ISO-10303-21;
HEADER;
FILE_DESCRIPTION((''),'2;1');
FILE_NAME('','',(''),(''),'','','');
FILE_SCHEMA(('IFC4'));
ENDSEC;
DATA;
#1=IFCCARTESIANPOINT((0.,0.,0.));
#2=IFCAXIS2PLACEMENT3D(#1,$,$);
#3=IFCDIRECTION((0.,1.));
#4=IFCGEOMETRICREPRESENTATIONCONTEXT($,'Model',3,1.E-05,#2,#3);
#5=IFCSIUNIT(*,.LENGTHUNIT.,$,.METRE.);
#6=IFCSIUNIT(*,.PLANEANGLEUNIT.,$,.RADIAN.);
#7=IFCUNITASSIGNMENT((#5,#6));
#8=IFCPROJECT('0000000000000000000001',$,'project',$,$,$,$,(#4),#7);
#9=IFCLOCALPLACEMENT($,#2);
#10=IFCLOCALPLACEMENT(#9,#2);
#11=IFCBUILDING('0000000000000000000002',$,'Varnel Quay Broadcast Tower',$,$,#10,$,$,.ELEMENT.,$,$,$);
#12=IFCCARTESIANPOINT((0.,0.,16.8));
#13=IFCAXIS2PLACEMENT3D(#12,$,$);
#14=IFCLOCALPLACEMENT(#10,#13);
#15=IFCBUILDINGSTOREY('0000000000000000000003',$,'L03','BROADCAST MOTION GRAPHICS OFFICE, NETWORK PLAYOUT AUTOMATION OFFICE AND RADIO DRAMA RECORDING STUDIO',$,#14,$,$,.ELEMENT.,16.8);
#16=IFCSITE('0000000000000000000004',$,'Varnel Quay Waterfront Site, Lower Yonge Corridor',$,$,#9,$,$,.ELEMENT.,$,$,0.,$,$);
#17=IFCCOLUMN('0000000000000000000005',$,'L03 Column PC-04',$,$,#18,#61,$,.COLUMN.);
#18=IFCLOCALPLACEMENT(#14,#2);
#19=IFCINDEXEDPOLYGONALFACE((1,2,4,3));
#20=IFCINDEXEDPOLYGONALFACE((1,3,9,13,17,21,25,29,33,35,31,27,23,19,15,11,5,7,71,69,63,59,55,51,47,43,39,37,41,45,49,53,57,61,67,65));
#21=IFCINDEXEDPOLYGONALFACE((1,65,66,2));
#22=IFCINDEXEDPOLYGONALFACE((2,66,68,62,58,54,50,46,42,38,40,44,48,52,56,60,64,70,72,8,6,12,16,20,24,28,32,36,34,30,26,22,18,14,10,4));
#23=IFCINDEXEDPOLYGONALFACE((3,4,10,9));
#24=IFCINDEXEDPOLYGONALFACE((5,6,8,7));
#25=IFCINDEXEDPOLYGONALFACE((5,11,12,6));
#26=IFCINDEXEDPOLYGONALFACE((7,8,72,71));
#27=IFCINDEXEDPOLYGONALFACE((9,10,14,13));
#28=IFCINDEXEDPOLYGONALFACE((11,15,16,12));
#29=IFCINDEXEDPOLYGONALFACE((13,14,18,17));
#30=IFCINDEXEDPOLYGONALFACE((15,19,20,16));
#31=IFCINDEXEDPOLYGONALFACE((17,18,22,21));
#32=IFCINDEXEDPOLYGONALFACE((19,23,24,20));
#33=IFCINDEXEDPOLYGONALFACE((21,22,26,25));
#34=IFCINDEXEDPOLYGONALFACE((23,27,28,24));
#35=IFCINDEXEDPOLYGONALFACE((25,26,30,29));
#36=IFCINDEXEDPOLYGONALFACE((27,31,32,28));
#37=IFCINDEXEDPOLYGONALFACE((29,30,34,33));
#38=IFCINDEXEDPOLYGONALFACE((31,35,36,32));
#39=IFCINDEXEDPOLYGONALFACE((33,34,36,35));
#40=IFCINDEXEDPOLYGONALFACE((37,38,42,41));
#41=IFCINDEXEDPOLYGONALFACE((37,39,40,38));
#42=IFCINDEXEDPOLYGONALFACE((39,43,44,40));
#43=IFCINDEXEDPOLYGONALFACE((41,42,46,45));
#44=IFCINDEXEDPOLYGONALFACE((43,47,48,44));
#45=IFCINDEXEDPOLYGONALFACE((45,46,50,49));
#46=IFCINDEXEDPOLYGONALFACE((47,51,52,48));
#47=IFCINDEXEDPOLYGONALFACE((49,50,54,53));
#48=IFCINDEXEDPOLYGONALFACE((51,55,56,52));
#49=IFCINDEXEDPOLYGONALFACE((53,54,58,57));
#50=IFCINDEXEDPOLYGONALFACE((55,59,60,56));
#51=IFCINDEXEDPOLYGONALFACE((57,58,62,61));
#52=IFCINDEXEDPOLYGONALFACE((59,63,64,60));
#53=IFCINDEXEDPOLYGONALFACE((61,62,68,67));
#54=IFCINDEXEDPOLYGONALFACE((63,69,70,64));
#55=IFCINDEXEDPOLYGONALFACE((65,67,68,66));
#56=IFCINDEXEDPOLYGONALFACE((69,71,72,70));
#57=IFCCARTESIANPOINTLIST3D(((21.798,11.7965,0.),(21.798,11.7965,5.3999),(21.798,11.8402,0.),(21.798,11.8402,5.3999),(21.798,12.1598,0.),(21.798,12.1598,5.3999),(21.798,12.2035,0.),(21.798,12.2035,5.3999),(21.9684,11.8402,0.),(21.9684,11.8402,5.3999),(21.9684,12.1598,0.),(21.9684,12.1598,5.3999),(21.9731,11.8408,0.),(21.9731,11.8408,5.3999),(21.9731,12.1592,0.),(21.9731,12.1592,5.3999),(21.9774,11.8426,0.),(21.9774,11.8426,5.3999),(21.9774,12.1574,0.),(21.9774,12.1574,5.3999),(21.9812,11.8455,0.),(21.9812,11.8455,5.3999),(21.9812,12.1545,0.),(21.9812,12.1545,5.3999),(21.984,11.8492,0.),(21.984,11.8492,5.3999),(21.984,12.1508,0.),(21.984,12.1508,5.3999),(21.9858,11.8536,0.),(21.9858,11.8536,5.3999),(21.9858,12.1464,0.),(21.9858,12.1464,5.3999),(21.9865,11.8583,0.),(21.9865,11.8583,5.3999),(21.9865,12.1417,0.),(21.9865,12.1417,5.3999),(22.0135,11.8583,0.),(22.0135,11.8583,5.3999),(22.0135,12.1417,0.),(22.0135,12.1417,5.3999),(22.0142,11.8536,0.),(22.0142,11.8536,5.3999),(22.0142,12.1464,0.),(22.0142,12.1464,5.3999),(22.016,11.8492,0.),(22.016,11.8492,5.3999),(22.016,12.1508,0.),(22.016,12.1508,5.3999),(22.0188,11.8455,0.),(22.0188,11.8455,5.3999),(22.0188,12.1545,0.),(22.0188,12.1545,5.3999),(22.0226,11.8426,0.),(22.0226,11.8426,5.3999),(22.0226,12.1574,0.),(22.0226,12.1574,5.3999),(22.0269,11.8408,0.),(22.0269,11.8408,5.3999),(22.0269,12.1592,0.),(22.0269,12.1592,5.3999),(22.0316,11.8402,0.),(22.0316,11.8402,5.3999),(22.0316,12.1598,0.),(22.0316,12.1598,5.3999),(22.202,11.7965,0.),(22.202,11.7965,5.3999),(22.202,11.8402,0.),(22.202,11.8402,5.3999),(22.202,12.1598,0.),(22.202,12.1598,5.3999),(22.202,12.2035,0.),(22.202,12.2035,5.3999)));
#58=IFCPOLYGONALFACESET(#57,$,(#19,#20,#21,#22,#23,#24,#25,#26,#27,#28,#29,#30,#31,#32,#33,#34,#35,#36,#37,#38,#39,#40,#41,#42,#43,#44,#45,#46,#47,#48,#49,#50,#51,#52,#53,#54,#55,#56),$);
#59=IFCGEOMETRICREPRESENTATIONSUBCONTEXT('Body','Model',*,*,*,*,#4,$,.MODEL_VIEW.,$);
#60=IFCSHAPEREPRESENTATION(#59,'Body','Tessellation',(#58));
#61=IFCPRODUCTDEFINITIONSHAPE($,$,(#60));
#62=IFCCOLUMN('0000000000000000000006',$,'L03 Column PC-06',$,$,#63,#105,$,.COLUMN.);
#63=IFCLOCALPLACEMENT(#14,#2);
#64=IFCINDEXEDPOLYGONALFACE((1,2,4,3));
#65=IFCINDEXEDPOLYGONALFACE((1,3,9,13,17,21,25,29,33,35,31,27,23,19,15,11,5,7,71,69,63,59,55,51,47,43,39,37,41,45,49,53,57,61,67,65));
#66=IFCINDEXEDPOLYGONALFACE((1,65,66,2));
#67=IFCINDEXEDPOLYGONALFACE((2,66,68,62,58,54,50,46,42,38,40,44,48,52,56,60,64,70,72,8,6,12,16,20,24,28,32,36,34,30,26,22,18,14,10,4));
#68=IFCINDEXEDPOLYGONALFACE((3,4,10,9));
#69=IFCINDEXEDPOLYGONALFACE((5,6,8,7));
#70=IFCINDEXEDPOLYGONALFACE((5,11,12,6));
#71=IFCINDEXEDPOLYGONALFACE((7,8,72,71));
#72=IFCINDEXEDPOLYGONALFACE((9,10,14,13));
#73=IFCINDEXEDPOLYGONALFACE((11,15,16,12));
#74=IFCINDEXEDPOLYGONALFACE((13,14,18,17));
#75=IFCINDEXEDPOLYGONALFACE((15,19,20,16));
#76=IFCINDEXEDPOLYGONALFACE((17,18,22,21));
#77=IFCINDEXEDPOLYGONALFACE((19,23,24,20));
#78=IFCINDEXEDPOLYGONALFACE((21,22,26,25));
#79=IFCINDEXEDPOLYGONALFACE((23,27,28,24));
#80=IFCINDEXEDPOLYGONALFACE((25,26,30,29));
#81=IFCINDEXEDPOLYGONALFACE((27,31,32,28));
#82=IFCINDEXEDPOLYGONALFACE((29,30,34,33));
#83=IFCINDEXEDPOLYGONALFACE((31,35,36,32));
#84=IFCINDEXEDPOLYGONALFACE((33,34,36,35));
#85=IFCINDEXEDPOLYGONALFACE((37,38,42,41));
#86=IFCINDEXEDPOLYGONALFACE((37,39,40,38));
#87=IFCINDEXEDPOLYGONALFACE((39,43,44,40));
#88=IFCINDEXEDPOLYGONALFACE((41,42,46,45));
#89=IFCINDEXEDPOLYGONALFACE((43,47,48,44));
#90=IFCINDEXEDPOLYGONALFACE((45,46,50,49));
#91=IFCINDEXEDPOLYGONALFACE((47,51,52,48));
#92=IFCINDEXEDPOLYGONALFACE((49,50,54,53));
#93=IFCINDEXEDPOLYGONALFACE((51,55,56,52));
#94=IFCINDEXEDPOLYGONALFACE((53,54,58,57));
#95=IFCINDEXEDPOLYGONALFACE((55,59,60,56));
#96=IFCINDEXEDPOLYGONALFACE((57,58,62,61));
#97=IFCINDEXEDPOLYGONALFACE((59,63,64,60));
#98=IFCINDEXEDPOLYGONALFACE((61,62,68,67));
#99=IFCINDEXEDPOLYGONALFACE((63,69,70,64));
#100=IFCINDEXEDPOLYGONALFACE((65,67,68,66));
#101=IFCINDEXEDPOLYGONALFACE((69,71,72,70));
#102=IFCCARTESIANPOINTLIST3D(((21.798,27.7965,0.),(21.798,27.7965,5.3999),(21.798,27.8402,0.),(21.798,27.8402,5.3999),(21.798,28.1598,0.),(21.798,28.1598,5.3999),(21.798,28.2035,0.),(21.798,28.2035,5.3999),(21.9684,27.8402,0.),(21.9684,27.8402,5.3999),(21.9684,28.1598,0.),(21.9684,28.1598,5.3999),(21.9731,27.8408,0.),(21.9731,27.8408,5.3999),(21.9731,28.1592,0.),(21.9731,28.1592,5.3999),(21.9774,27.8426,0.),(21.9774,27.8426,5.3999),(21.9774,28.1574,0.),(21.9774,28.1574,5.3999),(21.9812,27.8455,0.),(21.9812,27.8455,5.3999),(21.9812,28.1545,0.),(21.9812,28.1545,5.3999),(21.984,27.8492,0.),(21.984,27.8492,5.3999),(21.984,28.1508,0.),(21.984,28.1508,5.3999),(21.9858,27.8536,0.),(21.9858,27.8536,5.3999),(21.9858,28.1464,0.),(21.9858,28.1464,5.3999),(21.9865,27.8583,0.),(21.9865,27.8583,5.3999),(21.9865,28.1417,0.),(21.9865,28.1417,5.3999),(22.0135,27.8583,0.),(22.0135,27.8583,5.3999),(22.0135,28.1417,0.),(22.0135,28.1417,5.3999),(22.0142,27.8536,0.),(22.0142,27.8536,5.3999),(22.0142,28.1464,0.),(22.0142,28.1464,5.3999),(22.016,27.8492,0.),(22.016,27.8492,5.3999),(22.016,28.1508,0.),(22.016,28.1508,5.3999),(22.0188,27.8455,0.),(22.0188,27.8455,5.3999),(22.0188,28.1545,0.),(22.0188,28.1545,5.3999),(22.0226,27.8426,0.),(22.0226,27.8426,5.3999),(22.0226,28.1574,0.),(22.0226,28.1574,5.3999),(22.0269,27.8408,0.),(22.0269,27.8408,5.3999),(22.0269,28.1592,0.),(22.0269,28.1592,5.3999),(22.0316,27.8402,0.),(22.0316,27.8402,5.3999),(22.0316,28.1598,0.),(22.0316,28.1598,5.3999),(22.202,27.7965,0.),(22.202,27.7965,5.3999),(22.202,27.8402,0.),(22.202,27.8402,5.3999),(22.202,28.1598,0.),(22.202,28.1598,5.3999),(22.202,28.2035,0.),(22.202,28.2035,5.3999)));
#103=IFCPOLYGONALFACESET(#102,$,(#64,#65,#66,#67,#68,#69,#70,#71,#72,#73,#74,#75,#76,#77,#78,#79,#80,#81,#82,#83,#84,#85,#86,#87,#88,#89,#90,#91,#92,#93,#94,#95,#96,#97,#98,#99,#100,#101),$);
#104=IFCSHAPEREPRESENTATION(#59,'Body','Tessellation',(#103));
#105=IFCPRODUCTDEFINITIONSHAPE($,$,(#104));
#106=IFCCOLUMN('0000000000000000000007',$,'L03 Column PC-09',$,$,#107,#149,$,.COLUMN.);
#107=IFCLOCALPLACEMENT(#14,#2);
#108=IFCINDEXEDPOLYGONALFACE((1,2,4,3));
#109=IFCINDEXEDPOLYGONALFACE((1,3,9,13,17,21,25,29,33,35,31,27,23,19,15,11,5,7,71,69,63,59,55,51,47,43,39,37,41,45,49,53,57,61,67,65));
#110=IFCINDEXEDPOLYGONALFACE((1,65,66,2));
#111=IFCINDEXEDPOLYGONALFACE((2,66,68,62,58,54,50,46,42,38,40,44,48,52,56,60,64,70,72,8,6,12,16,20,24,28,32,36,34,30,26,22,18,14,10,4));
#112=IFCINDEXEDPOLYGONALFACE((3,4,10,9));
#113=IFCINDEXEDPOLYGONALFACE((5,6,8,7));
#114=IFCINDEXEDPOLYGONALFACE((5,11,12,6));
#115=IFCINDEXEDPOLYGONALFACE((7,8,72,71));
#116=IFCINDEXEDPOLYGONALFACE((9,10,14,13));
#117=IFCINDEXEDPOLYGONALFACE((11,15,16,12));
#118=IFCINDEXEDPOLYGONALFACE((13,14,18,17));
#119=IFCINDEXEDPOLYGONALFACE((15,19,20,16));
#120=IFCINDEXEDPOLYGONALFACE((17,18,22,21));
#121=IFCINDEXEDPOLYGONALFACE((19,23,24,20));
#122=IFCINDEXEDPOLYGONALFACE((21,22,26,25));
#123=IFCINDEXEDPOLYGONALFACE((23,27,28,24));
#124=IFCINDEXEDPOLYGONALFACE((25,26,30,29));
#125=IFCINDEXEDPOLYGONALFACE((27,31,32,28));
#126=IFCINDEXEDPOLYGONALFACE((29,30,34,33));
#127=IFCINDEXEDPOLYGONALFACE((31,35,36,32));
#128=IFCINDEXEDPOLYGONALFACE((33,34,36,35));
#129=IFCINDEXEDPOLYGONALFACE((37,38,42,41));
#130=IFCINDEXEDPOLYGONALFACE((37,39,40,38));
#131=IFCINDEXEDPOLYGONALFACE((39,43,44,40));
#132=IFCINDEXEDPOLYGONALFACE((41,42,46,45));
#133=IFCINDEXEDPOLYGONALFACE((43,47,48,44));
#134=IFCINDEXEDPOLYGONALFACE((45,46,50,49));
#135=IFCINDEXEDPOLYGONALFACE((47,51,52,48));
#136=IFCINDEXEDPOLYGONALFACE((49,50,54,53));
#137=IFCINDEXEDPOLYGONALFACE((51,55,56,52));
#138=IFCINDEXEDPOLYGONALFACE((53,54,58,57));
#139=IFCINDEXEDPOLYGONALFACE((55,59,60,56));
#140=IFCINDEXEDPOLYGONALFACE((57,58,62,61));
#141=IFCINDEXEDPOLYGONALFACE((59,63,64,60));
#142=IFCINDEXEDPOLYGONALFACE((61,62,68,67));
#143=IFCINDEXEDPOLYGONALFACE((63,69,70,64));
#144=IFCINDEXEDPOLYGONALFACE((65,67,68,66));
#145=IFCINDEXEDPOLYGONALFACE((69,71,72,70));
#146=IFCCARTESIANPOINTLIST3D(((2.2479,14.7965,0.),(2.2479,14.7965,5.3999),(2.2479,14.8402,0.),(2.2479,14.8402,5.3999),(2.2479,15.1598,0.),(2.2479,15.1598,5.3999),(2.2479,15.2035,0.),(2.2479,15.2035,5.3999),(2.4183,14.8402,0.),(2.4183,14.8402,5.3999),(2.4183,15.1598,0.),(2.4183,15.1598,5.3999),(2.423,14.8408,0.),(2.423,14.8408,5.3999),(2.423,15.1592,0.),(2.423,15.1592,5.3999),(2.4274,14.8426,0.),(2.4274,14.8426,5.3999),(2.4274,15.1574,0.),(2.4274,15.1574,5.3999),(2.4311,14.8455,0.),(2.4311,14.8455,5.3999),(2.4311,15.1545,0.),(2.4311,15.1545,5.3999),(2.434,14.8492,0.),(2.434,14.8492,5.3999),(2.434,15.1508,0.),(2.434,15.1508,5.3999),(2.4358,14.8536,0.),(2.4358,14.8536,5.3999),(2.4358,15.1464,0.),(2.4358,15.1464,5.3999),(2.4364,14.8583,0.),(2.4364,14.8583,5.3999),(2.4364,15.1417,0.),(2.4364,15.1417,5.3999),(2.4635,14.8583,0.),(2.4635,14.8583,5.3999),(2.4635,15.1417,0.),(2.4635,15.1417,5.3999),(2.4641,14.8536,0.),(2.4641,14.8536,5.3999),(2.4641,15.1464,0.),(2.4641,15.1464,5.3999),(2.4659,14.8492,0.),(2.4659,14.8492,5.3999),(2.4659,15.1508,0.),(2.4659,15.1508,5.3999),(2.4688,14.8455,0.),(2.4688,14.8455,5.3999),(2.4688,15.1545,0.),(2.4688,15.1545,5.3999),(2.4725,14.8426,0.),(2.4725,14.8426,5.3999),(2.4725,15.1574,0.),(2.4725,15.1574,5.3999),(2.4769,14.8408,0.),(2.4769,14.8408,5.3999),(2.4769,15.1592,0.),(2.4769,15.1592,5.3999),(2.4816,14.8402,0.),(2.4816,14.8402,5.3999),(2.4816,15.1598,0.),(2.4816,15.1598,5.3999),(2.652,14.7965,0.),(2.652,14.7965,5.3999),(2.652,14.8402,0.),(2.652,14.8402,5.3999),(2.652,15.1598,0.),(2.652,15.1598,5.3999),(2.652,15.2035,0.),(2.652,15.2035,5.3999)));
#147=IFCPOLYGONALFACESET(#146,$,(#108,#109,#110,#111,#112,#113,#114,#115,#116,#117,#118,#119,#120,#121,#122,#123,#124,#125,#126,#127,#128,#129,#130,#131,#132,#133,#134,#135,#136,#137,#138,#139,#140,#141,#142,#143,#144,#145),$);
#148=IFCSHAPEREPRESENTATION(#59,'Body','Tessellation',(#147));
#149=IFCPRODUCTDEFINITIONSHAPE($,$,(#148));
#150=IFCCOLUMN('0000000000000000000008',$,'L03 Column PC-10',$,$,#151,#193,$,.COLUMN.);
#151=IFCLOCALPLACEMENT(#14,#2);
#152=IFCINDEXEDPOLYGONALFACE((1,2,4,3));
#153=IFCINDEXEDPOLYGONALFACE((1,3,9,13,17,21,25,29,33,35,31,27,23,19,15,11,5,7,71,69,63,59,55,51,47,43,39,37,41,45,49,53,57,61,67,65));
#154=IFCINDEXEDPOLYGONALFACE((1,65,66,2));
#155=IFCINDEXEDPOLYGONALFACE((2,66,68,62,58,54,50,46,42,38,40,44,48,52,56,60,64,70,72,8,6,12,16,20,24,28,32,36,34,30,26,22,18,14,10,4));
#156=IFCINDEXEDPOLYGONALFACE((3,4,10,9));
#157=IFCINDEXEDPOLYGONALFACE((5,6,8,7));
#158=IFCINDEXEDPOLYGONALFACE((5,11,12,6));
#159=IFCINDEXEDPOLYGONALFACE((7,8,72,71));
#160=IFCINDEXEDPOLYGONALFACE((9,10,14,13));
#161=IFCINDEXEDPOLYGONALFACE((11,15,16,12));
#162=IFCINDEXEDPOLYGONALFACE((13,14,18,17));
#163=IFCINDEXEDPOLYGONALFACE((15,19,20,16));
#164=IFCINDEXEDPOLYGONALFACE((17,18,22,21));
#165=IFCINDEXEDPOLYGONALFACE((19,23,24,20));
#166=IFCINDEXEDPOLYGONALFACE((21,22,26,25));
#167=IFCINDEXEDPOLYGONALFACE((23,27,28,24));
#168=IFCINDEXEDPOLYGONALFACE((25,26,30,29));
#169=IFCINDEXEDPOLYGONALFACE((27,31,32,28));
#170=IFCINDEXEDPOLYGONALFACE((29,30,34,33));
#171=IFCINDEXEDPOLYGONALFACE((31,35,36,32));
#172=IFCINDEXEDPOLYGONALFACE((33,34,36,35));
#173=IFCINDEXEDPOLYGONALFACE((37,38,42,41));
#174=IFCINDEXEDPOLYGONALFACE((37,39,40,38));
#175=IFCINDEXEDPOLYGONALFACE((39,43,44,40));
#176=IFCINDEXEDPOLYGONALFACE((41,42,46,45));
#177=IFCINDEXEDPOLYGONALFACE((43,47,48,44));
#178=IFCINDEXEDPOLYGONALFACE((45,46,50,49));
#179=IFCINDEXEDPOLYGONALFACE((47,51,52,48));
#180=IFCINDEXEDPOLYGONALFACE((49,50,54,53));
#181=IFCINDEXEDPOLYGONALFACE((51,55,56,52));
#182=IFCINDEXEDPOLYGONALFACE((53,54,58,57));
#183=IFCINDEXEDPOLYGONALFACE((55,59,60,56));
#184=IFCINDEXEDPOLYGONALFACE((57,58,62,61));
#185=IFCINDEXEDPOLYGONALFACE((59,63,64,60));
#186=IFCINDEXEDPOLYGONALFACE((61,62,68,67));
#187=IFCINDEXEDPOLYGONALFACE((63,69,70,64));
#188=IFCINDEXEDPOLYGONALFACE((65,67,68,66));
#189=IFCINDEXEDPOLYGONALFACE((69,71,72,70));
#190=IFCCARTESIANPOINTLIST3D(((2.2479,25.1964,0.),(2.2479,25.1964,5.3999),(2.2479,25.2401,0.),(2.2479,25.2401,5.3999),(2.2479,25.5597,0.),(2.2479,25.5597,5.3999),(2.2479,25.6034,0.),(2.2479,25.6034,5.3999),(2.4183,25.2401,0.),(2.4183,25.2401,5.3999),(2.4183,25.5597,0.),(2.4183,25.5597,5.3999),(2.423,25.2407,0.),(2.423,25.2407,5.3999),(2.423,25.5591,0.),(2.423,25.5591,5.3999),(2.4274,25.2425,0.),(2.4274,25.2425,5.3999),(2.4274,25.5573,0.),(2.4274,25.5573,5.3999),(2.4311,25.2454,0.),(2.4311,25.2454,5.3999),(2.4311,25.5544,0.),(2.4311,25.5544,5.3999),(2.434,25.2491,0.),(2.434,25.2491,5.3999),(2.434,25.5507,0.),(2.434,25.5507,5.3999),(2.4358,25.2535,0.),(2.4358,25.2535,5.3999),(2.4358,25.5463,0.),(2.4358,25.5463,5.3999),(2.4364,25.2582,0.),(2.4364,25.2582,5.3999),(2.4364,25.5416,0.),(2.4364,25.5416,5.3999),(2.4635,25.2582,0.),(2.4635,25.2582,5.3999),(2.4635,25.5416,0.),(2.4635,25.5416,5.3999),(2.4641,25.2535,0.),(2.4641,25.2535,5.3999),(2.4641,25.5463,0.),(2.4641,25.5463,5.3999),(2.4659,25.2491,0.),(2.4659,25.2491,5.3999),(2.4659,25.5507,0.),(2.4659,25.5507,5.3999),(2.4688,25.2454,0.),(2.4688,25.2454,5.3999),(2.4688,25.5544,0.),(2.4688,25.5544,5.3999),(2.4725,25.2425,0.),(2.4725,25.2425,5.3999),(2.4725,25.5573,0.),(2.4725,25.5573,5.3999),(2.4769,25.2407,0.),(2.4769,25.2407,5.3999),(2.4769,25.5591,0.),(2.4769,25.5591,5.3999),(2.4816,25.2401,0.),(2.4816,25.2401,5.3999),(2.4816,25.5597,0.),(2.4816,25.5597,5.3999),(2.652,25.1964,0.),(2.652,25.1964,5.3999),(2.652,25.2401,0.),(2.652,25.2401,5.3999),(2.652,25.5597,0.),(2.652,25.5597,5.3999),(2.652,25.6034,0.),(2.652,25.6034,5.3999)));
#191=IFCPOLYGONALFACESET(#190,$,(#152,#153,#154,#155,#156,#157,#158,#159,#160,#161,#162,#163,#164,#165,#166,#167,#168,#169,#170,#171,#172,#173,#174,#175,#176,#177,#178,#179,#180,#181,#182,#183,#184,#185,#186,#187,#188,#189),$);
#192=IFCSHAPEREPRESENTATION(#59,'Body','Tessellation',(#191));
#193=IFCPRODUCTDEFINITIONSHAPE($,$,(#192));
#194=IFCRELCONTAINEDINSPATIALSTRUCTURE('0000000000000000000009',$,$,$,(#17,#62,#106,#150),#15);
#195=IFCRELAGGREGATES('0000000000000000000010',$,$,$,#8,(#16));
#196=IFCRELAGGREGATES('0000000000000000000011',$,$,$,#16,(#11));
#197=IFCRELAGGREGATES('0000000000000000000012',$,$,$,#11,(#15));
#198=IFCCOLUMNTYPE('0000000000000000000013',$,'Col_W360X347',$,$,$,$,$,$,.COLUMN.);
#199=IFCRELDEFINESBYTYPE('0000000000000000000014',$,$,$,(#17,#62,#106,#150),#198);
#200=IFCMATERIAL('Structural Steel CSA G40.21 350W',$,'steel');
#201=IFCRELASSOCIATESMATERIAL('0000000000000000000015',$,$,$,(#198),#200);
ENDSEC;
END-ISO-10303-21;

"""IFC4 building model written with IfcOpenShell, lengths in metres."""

from ifc_helpers import new_model, si_unit, direction, frame, origin, origin_2d, place, context, subcontext, project, spatial, i_section, extrude, source, transform, mapped, material, material_profile, profile_set, type_object, type_shapes, element, save


model = new_model("IFC4")

# Units and contexts
model_context = context("Model", 3, precision=1e-05, world=origin(), true_north=direction((0.0, 1.0)))
body_context = subcontext(model_context, "Body", "Model", "MODEL_VIEW")
ifc_project = project(units=[si_unit("LENGTHUNIT", "METRE"), si_unit("PLANEANGLEUNIT", "RADIAN")], contexts=[model_context])

# Site, building, storey
site_placement = place(None, origin())
site = spatial("IfcSite", under=ifc_project, at=site_placement, Name="Varnel Quay Waterfront Site, Lower Yonge Corridor", CompositionType="ELEMENT", RefElevation=0.0)
building_placement = place(site_placement, origin())
building = spatial("IfcBuilding", under=site, at=building_placement, Name="Varnel Quay Broadcast Tower", CompositionType="ELEMENT")
storey_placement = place(building_placement, frame((0.0, 0.0, 16.8)))
storey = spatial("IfcBuildingStorey", under=building, at=storey_placement, Name="L03", Description="BROADCAST MOTION GRAPHICS OFFICE, NETWORK PLAYOUT AUTOMATION OFFICE AND RADIO DRAMA RECORDING STUDIO", CompositionType="ELEMENT", Elevation=16.8)

# Columns
ifc_material_1 = material(Name="Structural Steel CSA G40.21 350W", Category="steel")
ifc_material_profile_1 = material_profile(ifc_material_1, i_section(OverallWidth=0.4041, OverallDepth=0.407, WebThickness=0.0271, FlangeThickness=0.0437, FilletRadius=0.0181, at=origin_2d()), Name="W360X347")
ifc_profile_set_1 = profile_set([ifc_material_profile_1], Name="Structural Steel CSA G40.21 350W")
column_type = type_object("IfcColumnType", Name="Col_W360X347", PredefinedType="COLUMN", material=ifc_profile_set_1)
shared_shape_1 = source(origin(), body_context, "Body", "SweptSolid", [
    extrude(i_section(OverallWidth=0.4041, OverallDepth=0.407, WebThickness=0.0271, FlangeThickness=0.0437, FilletRadius=0.0181, at=origin_2d()), origin(), (0.0, 0.0, 1.0), 5.3999),
])
type_shapes(column_type, [shared_shape_1])
for number, where, z_axis, x_axis, name in (
    (1, (22.0, 12.0, 0.0), (0.0, 0.0, 1.0), (1.0, 0.0, 0.0), "L03 Column PC-04"),
    (2, (22.0, 28.0, 0.0), (0.0, 0.0, 1.0), (1.0, 0.0, 0.0), "L03 Column PC-06"),
    (3, (2.45, 15.0, 0.0), (0.0, 0.0, 1.0), (1.0, 0.0, 0.0), "L03 Column PC-09"),
    (4, (2.45, 25.3999, 0.0), (0.0, 0.0, 1.0), (1.0, 0.0, 0.0), "L03 Column PC-10"),
):
    element("IfcColumn", number, at=place(storey_placement, frame(where, z_axis=z_axis, x_axis=x_axis)), inside=storey, type_object=column_type, Name=name, PredefinedType="COLUMN", context=body_context, shape_type="MappedRepresentation", body=[
        mapped(shared_shape_1, transform((0.0, 0.0, 0.0), x_axis=(1.0, 0.0, 0.0), y_axis=(0.0, 1.0, 0.0), z_axis=(0.0, 0.0, 1.0), scale=1.0)),
    ])

save(model, "model.ifc")
